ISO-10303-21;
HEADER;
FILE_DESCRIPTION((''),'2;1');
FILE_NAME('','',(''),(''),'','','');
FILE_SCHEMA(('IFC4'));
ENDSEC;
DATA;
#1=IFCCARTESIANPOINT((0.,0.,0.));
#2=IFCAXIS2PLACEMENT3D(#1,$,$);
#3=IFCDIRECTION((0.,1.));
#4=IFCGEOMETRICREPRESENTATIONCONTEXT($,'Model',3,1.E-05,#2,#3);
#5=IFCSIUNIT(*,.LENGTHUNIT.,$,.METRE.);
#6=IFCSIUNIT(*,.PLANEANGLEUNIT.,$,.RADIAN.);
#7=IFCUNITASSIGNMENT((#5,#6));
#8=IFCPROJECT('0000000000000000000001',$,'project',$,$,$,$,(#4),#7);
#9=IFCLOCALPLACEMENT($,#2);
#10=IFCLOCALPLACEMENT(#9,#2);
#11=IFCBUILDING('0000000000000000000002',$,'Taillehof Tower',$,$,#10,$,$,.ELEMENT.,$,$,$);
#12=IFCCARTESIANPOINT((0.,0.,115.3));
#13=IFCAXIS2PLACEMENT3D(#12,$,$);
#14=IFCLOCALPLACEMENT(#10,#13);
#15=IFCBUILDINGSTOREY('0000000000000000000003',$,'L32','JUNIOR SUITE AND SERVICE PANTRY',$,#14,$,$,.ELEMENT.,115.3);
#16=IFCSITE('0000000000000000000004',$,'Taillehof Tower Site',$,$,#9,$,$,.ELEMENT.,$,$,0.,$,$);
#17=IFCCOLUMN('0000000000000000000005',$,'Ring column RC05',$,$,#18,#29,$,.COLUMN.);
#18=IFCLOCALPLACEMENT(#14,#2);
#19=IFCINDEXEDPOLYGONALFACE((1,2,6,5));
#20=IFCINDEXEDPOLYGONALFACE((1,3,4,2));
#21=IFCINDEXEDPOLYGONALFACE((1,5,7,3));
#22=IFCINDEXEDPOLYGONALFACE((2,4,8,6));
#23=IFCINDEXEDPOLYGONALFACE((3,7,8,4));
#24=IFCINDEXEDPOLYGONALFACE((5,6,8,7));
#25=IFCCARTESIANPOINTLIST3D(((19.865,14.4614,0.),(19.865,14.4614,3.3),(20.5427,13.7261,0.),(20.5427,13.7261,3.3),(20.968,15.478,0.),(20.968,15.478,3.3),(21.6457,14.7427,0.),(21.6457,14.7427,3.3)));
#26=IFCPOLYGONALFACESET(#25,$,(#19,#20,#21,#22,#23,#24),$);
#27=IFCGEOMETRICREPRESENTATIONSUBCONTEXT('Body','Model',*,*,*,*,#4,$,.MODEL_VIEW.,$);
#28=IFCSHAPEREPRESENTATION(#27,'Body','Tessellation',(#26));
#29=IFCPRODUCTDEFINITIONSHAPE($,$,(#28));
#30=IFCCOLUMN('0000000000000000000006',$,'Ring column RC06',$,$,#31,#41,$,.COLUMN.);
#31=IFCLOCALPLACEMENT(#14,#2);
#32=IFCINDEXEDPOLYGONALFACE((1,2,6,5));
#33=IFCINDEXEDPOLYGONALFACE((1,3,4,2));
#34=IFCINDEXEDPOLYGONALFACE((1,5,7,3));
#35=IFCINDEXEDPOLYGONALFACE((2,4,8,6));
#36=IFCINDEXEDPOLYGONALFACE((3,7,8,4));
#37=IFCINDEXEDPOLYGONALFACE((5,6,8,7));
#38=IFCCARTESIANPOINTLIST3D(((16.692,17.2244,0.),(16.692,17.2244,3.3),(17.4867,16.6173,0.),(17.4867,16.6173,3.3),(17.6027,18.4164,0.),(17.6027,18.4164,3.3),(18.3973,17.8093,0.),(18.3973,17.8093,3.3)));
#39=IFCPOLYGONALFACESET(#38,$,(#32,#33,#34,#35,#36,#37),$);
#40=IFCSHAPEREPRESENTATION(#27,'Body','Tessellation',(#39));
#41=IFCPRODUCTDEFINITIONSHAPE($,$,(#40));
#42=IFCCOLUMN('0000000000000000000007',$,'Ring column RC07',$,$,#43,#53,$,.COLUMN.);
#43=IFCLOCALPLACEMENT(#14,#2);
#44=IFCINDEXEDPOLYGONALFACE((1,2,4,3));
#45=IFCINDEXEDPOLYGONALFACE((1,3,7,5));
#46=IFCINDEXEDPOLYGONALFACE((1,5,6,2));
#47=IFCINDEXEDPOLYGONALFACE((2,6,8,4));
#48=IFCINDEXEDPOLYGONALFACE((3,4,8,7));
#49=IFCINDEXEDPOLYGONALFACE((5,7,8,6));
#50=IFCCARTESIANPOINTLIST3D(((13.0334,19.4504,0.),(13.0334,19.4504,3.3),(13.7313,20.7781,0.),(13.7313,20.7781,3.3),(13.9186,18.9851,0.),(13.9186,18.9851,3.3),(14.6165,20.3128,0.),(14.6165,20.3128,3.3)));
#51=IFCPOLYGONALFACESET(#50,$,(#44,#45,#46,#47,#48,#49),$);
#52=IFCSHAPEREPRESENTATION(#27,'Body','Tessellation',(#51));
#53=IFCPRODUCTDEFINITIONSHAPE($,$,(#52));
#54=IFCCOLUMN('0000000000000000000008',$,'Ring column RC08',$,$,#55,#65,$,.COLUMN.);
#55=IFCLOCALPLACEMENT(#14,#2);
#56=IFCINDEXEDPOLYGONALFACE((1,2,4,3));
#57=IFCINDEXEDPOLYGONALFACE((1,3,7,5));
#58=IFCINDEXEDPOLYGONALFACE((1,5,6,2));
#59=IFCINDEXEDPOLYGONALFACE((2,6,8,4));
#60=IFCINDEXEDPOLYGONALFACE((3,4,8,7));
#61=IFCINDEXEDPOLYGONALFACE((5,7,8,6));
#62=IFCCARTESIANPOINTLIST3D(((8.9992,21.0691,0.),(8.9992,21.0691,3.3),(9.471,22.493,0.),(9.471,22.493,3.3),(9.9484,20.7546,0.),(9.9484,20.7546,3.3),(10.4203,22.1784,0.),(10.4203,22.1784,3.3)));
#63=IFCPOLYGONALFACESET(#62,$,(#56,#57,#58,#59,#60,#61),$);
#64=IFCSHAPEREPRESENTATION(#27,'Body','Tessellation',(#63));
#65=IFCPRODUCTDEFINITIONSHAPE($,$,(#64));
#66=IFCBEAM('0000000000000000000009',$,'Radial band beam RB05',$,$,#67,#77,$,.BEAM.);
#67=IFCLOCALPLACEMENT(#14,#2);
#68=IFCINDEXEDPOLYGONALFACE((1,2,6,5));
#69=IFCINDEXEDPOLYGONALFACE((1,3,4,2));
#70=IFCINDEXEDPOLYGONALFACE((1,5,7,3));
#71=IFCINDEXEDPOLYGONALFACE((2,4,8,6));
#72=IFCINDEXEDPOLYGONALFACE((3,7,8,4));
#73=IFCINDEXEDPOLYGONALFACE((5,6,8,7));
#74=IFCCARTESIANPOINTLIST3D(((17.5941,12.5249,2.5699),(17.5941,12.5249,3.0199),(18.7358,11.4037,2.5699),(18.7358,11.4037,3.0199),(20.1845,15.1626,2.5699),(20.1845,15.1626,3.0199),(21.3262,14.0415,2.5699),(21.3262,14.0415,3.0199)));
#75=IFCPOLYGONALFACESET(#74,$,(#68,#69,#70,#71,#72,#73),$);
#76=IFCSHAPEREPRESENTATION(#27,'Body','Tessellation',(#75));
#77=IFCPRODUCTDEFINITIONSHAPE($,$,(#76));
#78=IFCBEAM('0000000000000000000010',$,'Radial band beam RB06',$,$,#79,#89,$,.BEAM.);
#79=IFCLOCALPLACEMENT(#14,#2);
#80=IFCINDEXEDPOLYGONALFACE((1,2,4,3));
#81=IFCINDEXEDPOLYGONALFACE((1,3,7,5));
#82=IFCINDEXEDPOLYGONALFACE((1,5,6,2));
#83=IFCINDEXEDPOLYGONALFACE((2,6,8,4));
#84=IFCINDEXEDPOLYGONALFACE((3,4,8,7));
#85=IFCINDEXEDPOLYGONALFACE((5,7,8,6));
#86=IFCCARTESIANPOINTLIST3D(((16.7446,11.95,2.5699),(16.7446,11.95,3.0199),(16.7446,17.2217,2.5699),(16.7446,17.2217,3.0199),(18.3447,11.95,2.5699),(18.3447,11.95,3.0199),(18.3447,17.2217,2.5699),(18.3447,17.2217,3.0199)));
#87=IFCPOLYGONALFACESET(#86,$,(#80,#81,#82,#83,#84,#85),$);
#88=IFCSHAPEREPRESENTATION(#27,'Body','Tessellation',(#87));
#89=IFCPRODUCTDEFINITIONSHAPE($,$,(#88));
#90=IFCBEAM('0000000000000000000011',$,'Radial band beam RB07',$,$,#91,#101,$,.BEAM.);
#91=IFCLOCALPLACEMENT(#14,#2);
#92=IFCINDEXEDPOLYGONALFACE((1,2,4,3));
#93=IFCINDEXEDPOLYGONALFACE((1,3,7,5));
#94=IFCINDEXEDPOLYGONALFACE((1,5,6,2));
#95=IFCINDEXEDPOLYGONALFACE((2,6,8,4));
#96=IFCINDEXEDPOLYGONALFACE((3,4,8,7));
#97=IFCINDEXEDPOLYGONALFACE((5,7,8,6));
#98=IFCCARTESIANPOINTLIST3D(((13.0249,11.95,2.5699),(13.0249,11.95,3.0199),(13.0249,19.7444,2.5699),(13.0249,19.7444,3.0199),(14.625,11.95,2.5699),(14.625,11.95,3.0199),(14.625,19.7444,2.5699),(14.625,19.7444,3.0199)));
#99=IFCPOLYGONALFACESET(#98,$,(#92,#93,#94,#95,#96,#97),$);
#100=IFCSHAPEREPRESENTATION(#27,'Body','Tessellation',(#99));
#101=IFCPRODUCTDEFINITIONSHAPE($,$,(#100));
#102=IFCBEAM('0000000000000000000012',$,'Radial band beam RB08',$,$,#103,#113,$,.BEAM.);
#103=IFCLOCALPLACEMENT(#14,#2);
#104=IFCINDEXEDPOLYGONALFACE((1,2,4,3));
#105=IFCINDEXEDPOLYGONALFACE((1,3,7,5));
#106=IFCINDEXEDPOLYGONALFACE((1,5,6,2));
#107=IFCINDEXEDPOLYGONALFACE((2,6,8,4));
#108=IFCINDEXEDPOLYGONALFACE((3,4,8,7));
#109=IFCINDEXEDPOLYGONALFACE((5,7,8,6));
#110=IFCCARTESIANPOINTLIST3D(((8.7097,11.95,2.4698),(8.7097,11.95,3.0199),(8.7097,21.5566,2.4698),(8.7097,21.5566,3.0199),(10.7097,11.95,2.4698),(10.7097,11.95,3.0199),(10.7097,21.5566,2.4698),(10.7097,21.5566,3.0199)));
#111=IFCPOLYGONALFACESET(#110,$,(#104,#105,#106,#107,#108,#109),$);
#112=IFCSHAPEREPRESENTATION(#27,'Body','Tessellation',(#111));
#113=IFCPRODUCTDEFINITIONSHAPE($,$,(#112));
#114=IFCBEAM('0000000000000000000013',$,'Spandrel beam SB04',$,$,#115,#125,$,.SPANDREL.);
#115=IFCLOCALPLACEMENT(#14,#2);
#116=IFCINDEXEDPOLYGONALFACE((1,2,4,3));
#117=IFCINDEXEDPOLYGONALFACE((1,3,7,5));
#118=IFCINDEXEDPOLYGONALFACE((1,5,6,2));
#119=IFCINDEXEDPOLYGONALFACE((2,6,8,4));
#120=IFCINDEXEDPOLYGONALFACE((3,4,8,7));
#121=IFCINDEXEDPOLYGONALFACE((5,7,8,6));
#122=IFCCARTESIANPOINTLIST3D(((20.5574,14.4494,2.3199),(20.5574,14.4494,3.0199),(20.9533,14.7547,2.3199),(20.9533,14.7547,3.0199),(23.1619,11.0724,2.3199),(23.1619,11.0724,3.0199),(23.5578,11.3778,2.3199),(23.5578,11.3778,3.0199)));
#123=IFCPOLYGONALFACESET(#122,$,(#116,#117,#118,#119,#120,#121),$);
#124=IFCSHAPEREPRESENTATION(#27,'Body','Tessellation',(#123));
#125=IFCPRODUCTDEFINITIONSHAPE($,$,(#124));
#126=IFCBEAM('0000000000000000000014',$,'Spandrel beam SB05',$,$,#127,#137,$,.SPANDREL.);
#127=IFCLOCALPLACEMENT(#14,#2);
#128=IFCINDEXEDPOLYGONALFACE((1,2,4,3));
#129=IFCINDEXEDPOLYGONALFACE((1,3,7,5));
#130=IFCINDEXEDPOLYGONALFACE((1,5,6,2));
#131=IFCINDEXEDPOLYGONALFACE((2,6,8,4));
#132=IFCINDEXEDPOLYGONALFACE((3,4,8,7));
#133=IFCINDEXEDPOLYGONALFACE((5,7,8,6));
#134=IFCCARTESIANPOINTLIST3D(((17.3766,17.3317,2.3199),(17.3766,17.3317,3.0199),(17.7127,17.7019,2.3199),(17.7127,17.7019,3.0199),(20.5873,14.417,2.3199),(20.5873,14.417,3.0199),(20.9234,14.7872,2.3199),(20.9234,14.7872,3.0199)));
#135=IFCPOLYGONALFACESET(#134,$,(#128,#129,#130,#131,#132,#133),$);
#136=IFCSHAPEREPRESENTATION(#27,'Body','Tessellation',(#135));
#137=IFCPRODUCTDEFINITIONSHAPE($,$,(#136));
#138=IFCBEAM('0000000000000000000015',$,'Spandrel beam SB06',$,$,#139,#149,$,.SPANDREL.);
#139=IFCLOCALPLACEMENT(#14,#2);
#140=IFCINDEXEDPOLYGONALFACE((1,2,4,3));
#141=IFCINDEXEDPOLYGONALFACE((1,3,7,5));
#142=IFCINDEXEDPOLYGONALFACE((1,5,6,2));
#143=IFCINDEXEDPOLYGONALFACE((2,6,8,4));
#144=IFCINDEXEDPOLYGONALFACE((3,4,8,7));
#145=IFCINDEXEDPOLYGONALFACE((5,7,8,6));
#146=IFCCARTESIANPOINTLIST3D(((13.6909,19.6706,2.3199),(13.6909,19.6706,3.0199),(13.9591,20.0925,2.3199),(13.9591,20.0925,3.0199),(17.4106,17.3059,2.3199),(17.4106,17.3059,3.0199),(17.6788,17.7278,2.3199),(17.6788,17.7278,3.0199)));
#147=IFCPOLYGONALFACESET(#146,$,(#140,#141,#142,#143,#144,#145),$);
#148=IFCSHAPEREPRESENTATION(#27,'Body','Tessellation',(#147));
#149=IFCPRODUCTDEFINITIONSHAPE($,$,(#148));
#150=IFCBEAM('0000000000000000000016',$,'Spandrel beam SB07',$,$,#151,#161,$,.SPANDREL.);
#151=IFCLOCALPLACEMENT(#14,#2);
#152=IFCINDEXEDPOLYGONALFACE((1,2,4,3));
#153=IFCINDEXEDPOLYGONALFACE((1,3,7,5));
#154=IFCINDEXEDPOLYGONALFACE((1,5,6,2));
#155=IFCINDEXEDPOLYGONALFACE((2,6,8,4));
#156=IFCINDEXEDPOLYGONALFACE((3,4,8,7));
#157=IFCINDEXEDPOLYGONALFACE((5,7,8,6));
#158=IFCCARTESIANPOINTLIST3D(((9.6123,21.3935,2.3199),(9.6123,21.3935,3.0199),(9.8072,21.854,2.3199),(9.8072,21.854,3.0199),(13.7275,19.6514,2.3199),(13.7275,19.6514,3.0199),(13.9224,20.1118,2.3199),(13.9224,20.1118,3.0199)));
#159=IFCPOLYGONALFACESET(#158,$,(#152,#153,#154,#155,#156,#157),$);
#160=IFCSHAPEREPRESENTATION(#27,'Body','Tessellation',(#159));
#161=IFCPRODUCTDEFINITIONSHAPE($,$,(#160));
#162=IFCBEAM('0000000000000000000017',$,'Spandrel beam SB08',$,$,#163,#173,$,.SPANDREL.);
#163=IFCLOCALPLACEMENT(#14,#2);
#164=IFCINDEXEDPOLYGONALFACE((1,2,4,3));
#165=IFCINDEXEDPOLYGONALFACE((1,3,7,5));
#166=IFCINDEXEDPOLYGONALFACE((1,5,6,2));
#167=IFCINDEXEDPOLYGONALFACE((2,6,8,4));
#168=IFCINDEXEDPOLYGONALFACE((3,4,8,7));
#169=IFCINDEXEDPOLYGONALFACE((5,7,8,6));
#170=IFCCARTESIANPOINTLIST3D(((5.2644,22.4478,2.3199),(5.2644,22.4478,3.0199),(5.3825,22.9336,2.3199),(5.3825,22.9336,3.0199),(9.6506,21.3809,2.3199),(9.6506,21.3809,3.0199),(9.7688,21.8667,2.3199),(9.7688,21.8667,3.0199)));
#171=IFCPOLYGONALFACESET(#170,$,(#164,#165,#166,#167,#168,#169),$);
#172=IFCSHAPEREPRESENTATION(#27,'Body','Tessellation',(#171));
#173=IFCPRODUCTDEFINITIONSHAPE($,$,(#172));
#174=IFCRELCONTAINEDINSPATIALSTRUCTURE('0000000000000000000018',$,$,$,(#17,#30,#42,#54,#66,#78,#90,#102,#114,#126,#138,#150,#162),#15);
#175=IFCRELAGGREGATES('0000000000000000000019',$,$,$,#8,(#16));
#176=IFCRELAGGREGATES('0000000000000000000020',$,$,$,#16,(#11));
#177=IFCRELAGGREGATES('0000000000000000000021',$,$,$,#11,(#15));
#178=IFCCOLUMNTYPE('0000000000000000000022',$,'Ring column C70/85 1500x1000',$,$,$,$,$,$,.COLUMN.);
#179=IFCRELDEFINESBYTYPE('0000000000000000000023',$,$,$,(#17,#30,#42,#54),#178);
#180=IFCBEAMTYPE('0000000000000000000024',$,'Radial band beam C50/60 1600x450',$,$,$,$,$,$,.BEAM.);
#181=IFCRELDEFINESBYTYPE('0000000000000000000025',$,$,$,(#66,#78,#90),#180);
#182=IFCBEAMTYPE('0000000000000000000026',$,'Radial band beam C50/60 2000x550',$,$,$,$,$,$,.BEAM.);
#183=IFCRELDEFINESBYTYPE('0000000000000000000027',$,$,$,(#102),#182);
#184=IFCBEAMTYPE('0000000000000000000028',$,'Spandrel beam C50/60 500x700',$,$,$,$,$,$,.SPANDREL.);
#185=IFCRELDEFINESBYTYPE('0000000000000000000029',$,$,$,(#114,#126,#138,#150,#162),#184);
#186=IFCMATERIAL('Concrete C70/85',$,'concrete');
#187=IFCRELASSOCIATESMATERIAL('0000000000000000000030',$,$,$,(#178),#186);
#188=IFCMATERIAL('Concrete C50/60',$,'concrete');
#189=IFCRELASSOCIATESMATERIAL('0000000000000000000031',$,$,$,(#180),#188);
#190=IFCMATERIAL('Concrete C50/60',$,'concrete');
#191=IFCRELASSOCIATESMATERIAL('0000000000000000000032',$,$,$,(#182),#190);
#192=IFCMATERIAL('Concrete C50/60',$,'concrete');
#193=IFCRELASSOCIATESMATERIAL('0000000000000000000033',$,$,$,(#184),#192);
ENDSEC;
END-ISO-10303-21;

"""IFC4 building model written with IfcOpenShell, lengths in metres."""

from ifc_helpers import new_model, si_unit, direction, frame, origin, origin_2d, place, context, subcontext, project, spatial, rectangle, extrude, material, material_profile, profile_set, type_object, element, save


model = new_model("IFC4")

# Units and contexts
model_context = context("Model", 3, precision=1e-05, world=origin(), true_north=direction((0.0, 1.0)))
body_context = subcontext(model_context, "Body", "Model", "MODEL_VIEW")
ifc_project = project(units=[si_unit("LENGTHUNIT", "METRE"), si_unit("PLANEANGLEUNIT", "RADIAN")], contexts=[model_context])

# Site, building, storey
site_placement = place(None, origin())
site = spatial("IfcSite", under=ifc_project, at=site_placement, Name="Taillehof Tower Site", CompositionType="ELEMENT", RefElevation=0.0)
building_placement = place(site_placement, origin())
building = spatial("IfcBuilding", under=site, at=building_placement, Name="Taillehof Tower", CompositionType="ELEMENT")
storey_placement = place(building_placement, frame((0.0, 0.0, 115.3)))
storey = spatial("IfcBuildingStorey", under=building, at=storey_placement, Name="L32", Description="JUNIOR SUITE AND SERVICE PANTRY", CompositionType="ELEMENT", Elevation=115.3)

# Columns
ifc_material_1 = material(Name="Concrete C70/85", Category="concrete")
ifc_material_profile_1 = material_profile(ifc_material_1, rectangle(XDim=1.5, YDim=1.0, at=origin_2d()), Name="RC 1500x1000")
ifc_profile_set_1 = profile_set([ifc_material_profile_1], Name="Concrete C70/85")
column_type = type_object("IfcColumnType", Name="Ring column C70/85 1500x1000", PredefinedType="COLUMN", material=ifc_profile_set_1)
for number, where, z_axis, x_axis, name in (
    (1, (20.7554, 14.6021, 0.0), (0.0, 0.0, 1.0), (0.735332, 0.677707, 0.0), "Ring column RC05"),
    (2, (17.5447, 17.5168, 0.0), (0.0, 0.0, 1.0), (0.607074, 0.794645, 0.0), "Ring column RC06"),
    (3, (13.825, 19.8816, 0.0), (0.0, 0.0, 1.0), (0.465283, 0.885162, 0.0), "Ring column RC07"),
    (4, (9.7097, 21.6238, 0.0), (0.0, 0.0, 1.0), (0.314555, 0.949239, 0.0), "Ring column RC08"),
):
    element("IfcColumn", number, at=place(storey_placement, frame(where, z_axis=z_axis, x_axis=x_axis)), inside=storey, type_object=column_type, Name=name, PredefinedType="COLUMN", context=body_context, shape_type="SweptSolid", body=[
        extrude(rectangle(XDim=1.5, YDim=1.0, at=origin_2d()), origin(), (0.0, 0.0, 1.0), 3.3),
    ])

# Beams
ifc_material_2 = material(Name="Concrete C50/60", Category="concrete")
ifc_material_profile_2 = material_profile(ifc_material_2, rectangle(XDim=1.6001, YDim=0.45, at=origin_2d()), Name="RC 1600x450")
ifc_profile_set_2 = profile_set([ifc_material_profile_2], Name="Concrete C50/60")
beam_type_1 = type_object("IfcBeamType", Name="Radial band beam C50/60 1600x450", PredefinedType="BEAM", material=ifc_profile_set_2)
beam_1_placement = place(storey_placement, frame((20.7554, 14.6021, 2.7949), z_axis=(-0.700672, -0.713484, 0.0), x_axis=(0.713484, -0.700672, 0.0)))
element("IfcBeam", 5, at=beam_1_placement, inside=storey, type_object=beam_type_1, Name="Radial band beam RB05", PredefinedType="BEAM", context=body_context, shape_type="SweptSolid", body=[
    extrude(rectangle(XDim=1.6001, YDim=0.45, at=origin_2d()), origin(), (0.0, 0.0, 1.0), 3.697),
])
beam_2_placement = place(storey_placement, frame((17.5447, 17.2217, 2.7949), z_axis=(0.0, -1.0, 0.0), x_axis=(1.0, 0.0, 0.0)))
element("IfcBeam", 6, at=beam_2_placement, inside=storey, type_object=beam_type_1, Name="Radial band beam RB06", PredefinedType="BEAM", context=body_context, shape_type="SweptSolid", body=[
    extrude(rectangle(XDim=1.6001, YDim=0.45, at=origin_2d()), origin(), (0.0, 0.0, 1.0), 5.2717),
])
beam_3_placement = place(storey_placement, frame((13.825, 19.7444, 2.7949), z_axis=(0.0, -1.0, 0.0), x_axis=(1.0, 0.0, 0.0)))
element("IfcBeam", 7, at=beam_3_placement, inside=storey, type_object=beam_type_1, Name="Radial band beam RB07", PredefinedType="BEAM", context=body_context, shape_type="SweptSolid", body=[
    extrude(rectangle(XDim=1.6001, YDim=0.45, at=origin_2d()), origin(), (0.0, 0.0, 1.0), 7.7944),
])
ifc_material_3 = material(Name="Concrete C50/60", Category="concrete")
ifc_material_profile_3 = material_profile(ifc_material_3, rectangle(XDim=2.0, YDim=0.55, at=origin_2d()), Name="RC 2000x550")
ifc_profile_set_3 = profile_set([ifc_material_profile_3], Name="Concrete C50/60")
beam_type_2 = type_object("IfcBeamType", Name="Radial band beam C50/60 2000x550", PredefinedType="BEAM", material=ifc_profile_set_3)
beam_4_placement = place(storey_placement, frame((9.7097, 21.5566, 2.7449), z_axis=(0.0, -1.0, 0.0), x_axis=(1.0, 0.0, 0.0)))
element("IfcBeam", 8, at=beam_4_placement, inside=storey, type_object=beam_type_2, Name="Radial band beam RB08", PredefinedType="BEAM", context=body_context, shape_type="SweptSolid", body=[
    extrude(rectangle(XDim=2.0, YDim=0.55, at=origin_2d()), origin(), (0.0, 0.0, 1.0), 9.6067),
])
ifc_material_4 = material(Name="Concrete C50/60", Category="concrete")
ifc_material_profile_4 = material_profile(ifc_material_4, rectangle(XDim=0.5, YDim=0.7, at=origin_2d()), Name="RC 500x700")
ifc_profile_set_4 = profile_set([ifc_material_profile_4], Name="Concrete C50/60")
beam_type_3 = type_object("IfcBeamType", Name="Spandrel beam C50/60 500x700", PredefinedType="SPANDREL", material=ifc_profile_set_4)
beam_5_placement = place(storey_placement, frame((23.3599, 11.2251, 2.6699), z_axis=(-0.610717, 0.791849, 0.0), x_axis=(-0.791849, -0.610717, 0.0)))
element("IfcBeam", 9, at=beam_5_placement, inside=storey, type_object=beam_type_3, Name="Spandrel beam SB04", PredefinedType="SPANDREL", context=body_context, shape_type="SweptSolid", body=[
    extrude(rectangle(XDim=0.5, YDim=0.7, at=origin_2d()), origin(), (0.0, 0.0, 1.0), 4.2646),
])
beam_6_placement = place(storey_placement, frame((20.7554, 14.6021, 2.6699), z_axis=(-0.740401, 0.672165, 0.0), x_axis=(-0.672165, -0.740401, 0.0)))
element("IfcBeam", 10, at=beam_6_placement, inside=storey, type_object=beam_type_3, Name="Spandrel beam SB05", PredefinedType="SPANDREL", context=body_context, shape_type="SweptSolid", body=[
    extrude(rectangle(XDim=0.5, YDim=0.7, at=origin_2d()), origin(), (0.0, 0.0, 1.0), 4.3364),
])
beam_7_placement = place(storey_placement, frame((17.5447, 17.5168, 2.6699), z_axis=(-0.843903, 0.536496, 0.0), x_axis=(-0.536496, -0.843903, 0.0)))
element("IfcBeam", 11, at=beam_7_placement, inside=storey, type_object=beam_type_3, Name="Spandrel beam SB06", PredefinedType="SPANDREL", context=body_context, shape_type="SweptSolid", body=[
    extrude(rectangle(XDim=0.5, YDim=0.7, at=origin_2d()), origin(), (0.0, 0.0, 1.0), 4.4077),
])
beam_8_placement = place(storey_placement, frame((13.825, 19.8816, 2.6699), z_axis=(-0.920877, 0.389854, 0.0), x_axis=(-0.389854, -0.920877, 0.0)))
element("IfcBeam", 12, at=beam_8_placement, inside=storey, type_object=beam_type_3, Name="Spandrel beam SB07", PredefinedType="SPANDREL", context=body_context, shape_type="SweptSolid", body=[
    extrude(rectangle(XDim=0.5, YDim=0.7, at=origin_2d()), origin(), (0.0, 0.0, 1.0), 4.4688),
])
beam_9_placement = place(storey_placement, frame((9.7097, 21.6238, 2.6699), z_axis=(-0.971669, 0.236346, 0.0), x_axis=(-0.236346, -0.971669, 0.0)))
element("IfcBeam", 13, at=beam_9_placement, inside=storey, type_object=beam_type_3, Name="Spandrel beam SB08", PredefinedType="SPANDREL", context=body_context, shape_type="SweptSolid", body=[
    extrude(rectangle(XDim=0.5, YDim=0.7, at=origin_2d()), origin(), (0.0, 0.0, 1.0), 4.5142),
])

save(model, "model.ifc")
